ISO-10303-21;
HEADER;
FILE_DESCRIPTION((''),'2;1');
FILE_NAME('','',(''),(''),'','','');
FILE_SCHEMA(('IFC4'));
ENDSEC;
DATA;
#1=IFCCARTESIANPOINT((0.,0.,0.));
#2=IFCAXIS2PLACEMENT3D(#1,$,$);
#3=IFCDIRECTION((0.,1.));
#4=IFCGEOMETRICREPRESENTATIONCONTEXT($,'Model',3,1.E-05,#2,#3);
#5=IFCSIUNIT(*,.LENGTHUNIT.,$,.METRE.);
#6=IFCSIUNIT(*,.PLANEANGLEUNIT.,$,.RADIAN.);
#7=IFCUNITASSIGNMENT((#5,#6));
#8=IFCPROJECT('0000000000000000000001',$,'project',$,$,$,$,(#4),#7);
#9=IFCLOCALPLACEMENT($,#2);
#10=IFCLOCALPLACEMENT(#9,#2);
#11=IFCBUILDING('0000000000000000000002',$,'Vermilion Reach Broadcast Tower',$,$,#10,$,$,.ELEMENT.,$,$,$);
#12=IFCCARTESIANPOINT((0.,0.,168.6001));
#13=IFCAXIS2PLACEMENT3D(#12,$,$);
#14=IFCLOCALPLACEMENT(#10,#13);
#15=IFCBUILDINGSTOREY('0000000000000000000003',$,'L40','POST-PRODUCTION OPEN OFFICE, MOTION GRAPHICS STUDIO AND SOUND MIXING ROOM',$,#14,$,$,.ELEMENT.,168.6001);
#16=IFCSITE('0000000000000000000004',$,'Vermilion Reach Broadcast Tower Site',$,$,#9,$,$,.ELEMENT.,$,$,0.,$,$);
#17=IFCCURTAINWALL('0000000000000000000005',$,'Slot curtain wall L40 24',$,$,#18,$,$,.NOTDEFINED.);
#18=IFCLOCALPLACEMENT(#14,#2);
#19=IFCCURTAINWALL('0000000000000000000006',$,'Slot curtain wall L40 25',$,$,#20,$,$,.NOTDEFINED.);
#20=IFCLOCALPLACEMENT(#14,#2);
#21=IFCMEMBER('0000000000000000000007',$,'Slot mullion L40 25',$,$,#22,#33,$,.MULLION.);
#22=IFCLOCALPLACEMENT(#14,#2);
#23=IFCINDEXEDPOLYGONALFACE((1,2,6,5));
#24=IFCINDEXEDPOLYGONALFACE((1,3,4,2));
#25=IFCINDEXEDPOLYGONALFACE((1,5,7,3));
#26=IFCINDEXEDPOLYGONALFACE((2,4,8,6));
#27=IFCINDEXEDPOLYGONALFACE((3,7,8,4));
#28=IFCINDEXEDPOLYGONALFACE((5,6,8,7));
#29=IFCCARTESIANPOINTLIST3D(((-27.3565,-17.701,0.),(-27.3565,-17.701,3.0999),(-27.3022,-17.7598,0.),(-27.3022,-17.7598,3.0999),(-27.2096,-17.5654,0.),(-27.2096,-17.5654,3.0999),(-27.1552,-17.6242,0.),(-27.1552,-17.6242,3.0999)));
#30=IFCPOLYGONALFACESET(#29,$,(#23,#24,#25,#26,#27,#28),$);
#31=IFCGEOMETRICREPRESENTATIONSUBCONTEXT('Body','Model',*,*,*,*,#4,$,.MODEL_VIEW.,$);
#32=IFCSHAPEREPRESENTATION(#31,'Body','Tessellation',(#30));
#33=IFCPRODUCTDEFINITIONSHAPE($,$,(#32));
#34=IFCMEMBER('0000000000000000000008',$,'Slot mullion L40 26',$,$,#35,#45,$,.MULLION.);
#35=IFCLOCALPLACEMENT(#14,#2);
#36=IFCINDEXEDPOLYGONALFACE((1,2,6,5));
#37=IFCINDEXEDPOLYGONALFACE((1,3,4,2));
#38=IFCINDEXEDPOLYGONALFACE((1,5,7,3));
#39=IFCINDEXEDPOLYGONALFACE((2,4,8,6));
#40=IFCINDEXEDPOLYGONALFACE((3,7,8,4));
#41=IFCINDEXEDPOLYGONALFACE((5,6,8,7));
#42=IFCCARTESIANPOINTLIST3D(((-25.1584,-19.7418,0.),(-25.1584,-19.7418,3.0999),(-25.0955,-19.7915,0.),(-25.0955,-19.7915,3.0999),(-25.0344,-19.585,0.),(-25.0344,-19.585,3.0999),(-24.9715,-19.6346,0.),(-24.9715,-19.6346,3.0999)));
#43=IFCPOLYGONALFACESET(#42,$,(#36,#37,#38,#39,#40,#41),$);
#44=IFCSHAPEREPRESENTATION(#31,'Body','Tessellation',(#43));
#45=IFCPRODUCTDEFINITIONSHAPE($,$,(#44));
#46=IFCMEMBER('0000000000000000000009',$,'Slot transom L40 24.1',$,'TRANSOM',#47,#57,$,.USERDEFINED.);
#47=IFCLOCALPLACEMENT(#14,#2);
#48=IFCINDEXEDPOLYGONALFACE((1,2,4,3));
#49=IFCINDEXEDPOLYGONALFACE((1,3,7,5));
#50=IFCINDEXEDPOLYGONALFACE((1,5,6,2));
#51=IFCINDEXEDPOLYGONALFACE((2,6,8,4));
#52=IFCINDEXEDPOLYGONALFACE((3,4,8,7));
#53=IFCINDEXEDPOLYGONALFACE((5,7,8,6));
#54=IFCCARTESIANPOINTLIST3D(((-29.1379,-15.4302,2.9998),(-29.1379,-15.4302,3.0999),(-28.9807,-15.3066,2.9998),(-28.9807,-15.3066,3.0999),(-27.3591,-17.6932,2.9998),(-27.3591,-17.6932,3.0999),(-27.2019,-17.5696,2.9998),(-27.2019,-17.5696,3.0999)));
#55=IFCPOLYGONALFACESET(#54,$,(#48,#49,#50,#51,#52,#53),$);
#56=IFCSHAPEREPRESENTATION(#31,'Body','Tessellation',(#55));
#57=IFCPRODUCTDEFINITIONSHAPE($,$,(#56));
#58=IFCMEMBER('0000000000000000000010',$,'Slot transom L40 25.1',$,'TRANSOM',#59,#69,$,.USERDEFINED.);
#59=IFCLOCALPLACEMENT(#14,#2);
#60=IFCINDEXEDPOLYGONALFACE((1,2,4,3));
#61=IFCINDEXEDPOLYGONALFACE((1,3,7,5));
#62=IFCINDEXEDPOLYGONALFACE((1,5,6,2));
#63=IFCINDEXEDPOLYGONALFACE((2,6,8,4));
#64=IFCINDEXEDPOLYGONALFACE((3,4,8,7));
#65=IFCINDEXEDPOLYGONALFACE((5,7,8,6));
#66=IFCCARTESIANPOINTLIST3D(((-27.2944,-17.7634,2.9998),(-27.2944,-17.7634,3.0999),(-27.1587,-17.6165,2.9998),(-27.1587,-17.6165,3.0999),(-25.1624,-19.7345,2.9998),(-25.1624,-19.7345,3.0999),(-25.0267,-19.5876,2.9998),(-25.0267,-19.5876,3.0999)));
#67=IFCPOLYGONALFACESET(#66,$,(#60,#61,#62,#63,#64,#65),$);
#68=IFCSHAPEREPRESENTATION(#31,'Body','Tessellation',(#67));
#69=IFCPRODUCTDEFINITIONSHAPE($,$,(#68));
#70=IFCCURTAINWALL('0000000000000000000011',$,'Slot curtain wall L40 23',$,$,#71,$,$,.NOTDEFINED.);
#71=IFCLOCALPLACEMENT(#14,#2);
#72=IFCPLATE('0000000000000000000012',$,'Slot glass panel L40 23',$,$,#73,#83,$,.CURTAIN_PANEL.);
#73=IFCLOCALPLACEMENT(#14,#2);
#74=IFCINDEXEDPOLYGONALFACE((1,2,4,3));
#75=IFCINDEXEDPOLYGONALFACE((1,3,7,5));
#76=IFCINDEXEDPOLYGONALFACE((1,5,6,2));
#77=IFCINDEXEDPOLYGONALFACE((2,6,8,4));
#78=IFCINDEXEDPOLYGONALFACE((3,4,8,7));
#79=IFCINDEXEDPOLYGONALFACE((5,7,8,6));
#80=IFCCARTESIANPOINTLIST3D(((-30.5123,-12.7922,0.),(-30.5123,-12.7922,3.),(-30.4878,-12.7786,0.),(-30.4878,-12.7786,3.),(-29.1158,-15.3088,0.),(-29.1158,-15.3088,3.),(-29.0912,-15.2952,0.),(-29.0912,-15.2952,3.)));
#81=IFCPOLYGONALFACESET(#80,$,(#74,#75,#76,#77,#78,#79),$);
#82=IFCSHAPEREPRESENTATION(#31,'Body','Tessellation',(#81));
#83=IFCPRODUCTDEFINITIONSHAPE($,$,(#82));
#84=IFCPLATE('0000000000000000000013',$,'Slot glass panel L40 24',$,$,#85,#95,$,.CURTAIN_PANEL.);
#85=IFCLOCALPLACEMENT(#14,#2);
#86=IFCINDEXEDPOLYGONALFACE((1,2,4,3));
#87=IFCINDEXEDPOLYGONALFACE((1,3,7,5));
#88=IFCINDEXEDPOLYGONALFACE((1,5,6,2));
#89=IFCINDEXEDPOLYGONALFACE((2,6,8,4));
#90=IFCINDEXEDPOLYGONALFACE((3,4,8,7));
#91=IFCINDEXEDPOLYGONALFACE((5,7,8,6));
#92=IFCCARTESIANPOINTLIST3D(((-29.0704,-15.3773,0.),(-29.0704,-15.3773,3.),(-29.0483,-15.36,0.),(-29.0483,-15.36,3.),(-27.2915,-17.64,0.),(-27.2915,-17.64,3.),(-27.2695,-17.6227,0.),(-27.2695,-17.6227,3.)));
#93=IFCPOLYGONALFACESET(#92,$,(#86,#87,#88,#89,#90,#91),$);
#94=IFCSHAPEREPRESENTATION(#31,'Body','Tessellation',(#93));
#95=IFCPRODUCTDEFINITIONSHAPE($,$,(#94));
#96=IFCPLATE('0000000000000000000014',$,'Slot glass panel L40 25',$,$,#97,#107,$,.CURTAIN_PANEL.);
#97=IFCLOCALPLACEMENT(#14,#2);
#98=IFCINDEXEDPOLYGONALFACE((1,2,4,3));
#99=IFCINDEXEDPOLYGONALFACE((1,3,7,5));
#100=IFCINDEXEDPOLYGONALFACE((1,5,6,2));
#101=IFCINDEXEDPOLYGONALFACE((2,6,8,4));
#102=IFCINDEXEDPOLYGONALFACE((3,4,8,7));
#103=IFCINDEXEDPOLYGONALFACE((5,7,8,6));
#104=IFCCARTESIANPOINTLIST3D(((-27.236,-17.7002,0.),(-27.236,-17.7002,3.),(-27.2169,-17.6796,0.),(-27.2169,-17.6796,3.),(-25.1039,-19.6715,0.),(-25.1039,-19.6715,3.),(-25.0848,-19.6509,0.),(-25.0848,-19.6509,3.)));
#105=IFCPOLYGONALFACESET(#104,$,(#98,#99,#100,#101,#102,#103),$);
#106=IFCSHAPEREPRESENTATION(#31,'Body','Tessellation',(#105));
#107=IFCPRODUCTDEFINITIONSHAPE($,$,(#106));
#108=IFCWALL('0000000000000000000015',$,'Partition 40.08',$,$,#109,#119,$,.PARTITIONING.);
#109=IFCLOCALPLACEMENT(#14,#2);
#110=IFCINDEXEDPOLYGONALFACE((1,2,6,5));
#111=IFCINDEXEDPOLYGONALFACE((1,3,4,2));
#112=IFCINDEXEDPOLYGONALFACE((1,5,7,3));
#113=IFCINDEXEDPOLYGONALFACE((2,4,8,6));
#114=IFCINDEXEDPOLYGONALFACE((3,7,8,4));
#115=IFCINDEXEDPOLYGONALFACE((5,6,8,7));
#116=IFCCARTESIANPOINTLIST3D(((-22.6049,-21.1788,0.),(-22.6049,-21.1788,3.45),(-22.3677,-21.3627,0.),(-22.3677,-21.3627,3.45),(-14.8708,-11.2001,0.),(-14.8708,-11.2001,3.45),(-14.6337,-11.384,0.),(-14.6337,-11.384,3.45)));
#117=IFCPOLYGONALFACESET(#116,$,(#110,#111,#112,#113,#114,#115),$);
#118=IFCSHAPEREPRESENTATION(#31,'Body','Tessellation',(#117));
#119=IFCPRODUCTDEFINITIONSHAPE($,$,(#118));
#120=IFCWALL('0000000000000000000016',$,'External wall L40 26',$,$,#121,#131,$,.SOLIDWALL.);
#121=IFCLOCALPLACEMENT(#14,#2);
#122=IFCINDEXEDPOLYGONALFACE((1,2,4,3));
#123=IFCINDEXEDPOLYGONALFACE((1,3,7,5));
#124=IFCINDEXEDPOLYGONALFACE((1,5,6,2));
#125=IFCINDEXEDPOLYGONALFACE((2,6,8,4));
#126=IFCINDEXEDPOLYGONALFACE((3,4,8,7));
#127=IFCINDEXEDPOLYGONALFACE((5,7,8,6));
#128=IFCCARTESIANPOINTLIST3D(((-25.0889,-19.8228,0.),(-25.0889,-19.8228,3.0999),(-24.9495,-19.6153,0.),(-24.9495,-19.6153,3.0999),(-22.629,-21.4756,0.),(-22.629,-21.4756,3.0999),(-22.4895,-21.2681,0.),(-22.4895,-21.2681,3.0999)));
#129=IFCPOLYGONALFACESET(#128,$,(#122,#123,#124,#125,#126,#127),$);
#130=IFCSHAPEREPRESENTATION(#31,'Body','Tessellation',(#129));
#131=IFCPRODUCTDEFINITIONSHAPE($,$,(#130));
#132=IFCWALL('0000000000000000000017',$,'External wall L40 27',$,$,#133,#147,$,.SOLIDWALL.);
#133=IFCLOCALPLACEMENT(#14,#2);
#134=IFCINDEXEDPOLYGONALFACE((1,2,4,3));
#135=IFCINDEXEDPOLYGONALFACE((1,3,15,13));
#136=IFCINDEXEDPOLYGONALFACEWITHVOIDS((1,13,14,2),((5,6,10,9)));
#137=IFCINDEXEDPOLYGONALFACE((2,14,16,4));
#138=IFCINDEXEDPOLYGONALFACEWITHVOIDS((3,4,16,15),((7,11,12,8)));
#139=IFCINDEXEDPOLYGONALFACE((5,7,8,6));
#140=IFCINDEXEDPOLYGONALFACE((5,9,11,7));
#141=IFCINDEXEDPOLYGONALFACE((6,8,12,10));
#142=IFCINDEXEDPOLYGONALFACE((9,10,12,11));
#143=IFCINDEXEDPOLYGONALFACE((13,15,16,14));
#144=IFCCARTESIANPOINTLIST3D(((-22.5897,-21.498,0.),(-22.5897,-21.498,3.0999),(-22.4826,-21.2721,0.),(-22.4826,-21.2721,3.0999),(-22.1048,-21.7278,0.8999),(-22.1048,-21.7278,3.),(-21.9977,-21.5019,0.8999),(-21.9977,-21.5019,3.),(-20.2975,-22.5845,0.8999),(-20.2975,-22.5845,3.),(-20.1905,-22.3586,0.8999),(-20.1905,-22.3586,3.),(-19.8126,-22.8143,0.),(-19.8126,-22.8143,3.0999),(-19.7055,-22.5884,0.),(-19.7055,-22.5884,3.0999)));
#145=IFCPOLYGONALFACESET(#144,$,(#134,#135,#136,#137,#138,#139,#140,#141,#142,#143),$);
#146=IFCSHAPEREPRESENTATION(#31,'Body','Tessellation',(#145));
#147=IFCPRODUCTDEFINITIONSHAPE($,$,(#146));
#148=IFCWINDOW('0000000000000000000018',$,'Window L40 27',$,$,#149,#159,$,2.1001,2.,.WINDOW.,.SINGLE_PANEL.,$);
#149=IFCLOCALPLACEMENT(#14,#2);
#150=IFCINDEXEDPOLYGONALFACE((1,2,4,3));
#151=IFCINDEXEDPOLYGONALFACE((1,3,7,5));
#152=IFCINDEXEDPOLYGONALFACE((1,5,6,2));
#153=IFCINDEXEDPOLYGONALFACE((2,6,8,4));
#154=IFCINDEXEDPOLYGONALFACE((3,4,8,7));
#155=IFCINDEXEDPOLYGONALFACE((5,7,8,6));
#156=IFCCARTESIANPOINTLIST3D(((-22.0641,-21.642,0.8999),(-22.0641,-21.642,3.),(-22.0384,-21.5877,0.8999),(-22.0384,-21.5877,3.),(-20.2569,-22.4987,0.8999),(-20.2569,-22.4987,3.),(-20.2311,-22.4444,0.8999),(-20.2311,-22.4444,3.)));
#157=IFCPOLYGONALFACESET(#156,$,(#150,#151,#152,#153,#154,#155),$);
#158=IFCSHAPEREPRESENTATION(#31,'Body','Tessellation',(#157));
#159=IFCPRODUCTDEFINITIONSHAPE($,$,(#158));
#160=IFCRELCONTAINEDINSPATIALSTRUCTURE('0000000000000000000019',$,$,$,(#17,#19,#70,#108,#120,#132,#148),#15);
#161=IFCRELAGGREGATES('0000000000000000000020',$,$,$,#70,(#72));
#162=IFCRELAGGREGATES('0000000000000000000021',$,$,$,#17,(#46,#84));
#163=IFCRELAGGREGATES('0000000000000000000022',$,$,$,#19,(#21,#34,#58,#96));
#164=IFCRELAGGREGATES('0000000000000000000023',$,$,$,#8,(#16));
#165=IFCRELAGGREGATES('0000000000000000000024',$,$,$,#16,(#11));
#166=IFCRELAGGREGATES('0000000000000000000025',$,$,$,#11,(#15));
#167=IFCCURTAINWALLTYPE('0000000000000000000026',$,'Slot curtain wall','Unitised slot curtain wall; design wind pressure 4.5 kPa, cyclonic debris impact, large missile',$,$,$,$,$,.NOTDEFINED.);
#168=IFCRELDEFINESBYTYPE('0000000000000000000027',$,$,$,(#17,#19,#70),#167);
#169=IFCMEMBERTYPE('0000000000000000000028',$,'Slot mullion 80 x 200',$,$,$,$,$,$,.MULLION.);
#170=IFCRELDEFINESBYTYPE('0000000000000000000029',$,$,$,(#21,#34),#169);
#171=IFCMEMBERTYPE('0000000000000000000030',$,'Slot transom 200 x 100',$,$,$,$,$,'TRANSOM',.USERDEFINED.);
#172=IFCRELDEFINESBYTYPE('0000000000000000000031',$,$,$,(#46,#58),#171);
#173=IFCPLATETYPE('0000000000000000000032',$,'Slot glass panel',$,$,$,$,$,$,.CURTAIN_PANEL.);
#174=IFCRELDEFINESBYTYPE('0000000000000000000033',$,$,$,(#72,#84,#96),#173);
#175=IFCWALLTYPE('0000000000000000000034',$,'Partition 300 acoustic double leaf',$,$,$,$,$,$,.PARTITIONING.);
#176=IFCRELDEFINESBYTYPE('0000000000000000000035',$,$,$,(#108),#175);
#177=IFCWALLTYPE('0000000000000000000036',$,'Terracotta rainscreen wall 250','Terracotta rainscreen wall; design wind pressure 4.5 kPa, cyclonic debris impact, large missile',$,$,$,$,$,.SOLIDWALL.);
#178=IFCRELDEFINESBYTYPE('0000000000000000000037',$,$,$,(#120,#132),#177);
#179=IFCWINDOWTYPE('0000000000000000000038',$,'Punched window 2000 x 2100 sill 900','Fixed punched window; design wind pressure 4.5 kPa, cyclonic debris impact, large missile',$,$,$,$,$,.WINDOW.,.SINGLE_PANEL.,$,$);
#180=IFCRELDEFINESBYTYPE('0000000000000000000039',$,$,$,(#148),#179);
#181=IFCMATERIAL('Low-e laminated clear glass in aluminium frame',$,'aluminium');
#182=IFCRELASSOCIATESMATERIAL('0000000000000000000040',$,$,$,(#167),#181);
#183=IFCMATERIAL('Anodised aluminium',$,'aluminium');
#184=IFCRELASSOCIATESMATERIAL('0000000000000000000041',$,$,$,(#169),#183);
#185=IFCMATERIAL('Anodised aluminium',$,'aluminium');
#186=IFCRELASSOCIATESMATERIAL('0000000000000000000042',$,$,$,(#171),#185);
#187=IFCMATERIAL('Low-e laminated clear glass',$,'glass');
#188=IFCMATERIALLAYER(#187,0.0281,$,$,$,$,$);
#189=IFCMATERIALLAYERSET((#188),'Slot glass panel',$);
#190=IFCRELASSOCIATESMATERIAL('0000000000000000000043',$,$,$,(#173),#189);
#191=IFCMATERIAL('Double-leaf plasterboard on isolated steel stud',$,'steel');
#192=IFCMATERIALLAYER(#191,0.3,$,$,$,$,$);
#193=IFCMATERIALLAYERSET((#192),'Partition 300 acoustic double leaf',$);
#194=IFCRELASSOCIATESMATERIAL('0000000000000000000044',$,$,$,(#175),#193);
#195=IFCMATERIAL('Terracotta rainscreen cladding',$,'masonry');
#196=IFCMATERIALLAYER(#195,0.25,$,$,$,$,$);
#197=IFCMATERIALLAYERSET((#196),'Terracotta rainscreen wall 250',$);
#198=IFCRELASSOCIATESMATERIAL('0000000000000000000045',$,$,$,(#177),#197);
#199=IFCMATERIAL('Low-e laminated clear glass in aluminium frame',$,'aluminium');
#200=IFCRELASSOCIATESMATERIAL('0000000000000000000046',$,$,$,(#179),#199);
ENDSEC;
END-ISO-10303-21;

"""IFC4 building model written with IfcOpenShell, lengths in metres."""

from ifc_helpers import new_model, si_unit, direction, frame, frame_2d, origin, origin_2d, place, context, subcontext, project, spatial, rectangle, extrude, material, layer, layer_set, material_profile, profile_set, type_object, element, fill, aggregate, save


model = new_model("IFC4")

# Units and contexts
model_context = context("Model", 3, precision=1e-05, world=origin(), true_north=direction((0.0, 1.0)))
body_context = subcontext(model_context, "Body", "Model", "MODEL_VIEW")
ifc_project = project(units=[si_unit("LENGTHUNIT", "METRE"), si_unit("PLANEANGLEUNIT", "RADIAN")], contexts=[model_context])

# Site, building, storey
site_placement = place(None, origin())
site = spatial("IfcSite", under=ifc_project, at=site_placement, Name="Vermilion Reach Broadcast Tower Site", CompositionType="ELEMENT", RefElevation=0.0)
building_placement = place(site_placement, origin())
building = spatial("IfcBuilding", under=site, at=building_placement, Name="Vermilion Reach Broadcast Tower", CompositionType="ELEMENT")
storey_placement = place(building_placement, frame((0.0, 0.0, 168.6001)))
storey = spatial("IfcBuildingStorey", under=building, at=storey_placement, Name="L40", Description="POST-PRODUCTION OPEN OFFICE, MOTION GRAPHICS STUDIO AND SOUND MIXING ROOM", CompositionType="ELEMENT", Elevation=168.6001)

# Curtain wall
ifc_material_1 = material(Name="Low-e laminated clear glass in aluminium frame", Category="aluminium")
curtain_wall_type = type_object("IfcCurtainWallType", Name="Slot curtain wall", Description="Unitised slot curtain wall; design wind pressure 4.5 kPa, cyclonic debris impact, large missile", PredefinedType="NOTDEFINED", material=ifc_material_1)
placement = place(storey_placement, origin())
curtain_wall_1 = element("IfcCurtainWall", 1, at=placement, inside=storey, type_object=curtain_wall_type, Name="Slot curtain wall L40 24", PredefinedType="NOTDEFINED")
ifc_material_2 = material(Name="Anodised aluminium", Category="aluminium")
ifc_material_profile_1 = material_profile(ifc_material_2, rectangle(XDim=0.2, YDim=0.0801, at=origin_2d()), Name="Slot mullion 80 x 200")
ifc_profile_set_1 = profile_set([ifc_material_profile_1], Name="Anodised aluminium")
member_type_1 = type_object("IfcMemberType", Name="Slot mullion 80 x 200", PredefinedType="MULLION", material=ifc_profile_set_1)

# Curtain wall, members
curtain_wall_2 = element("IfcCurtainWall", 2, at=placement, inside=storey, type_object=curtain_wall_type, Name="Slot curtain wall L40 25", PredefinedType="NOTDEFINED")
member_1_placement = place(storey_placement, frame((-27.2559, -17.6626, 0.0), z_axis=(0.0, 0.0, 1.0), x_axis=(0.734809, 0.678274, 0.0)))
member_1 = element("IfcMember", 3, at=member_1_placement, type_object=member_type_1, Name="Slot mullion L40 25", PredefinedType="MULLION", context=body_context, shape_type="SweptSolid", body=[
    extrude(rectangle(XDim=0.2, YDim=0.0801, at=origin_2d()), origin(), (0.0, 0.0, 1.0), 3.0999),
])
member_2_placement = place(storey_placement, frame((-25.0649, -19.6882, 0.0), z_axis=(0.0, 0.0, 1.0), x_axis=(0.620143, 0.784489, 0.0)))
member_2 = element("IfcMember", 4, at=member_2_placement, type_object=member_type_1, Name="Slot mullion L40 26", PredefinedType="MULLION", context=body_context, shape_type="SweptSolid", body=[
    extrude(rectangle(XDim=0.2, YDim=0.0801, at=origin_2d()), origin(), (0.0, 0.0, 1.0), 3.0999),
])

# Members
ifc_material_3 = material(Name="Anodised aluminium", Category="aluminium")
ifc_material_profile_2 = material_profile(ifc_material_3, rectangle(XDim=0.2, YDim=0.1001, at=origin_2d()), Name="Slot transom 200 x 100")
ifc_profile_set_2 = profile_set([ifc_material_profile_2], Name="Anodised aluminium")
member_type_2 = type_object("IfcMemberType", Name="Slot transom 200 x 100", ElementType="TRANSOM", PredefinedType="USERDEFINED", material=ifc_profile_set_2)
member_3_placement = place(storey_placement, frame((-29.0593, -15.3684, 3.0498), z_axis=(0.61799, -0.786186, 0.0), x_axis=(0.786186, 0.61799, 0.0)))
member_3 = element("IfcMember", 5, at=member_3_placement, type_object=member_type_2, Name="Slot transom L40 24.1", ObjectType="TRANSOM", PredefinedType="USERDEFINED", context=body_context, shape_type="SweptSolid", body=[
    extrude(rectangle(XDim=0.2, YDim=0.1001, at=origin_2d()), origin(), (0.0, 0.0, 1.0), 2.8784),
])
member_4_placement = place(storey_placement, frame((-27.2266, -17.6899, 3.0498), z_axis=(0.734268, -0.67886, 0.0), x_axis=(0.67886, 0.734268, 0.0)))
member_4 = element("IfcMember", 6, at=member_4_placement, type_object=member_type_2, Name="Slot transom L40 25.1", ObjectType="TRANSOM", PredefinedType="USERDEFINED", context=body_context, shape_type="SweptSolid", body=[
    extrude(rectangle(XDim=0.2, YDim=0.1001, at=origin_2d()), origin(), (0.0, 0.0, 1.0), 2.9036),
])

# Curtain wall, plate
curtain_wall_3 = element("IfcCurtainWall", 7, at=placement, inside=storey, type_object=curtain_wall_type, Name="Slot curtain wall L40 23", PredefinedType="NOTDEFINED")
ifc_material_4 = material(Name="Low-e laminated clear glass", Category="glass")
ifc_layer_1 = layer(ifc_material_4, 0.0281)
ifc_layer_set_1 = layer_set([ifc_layer_1], Name="Slot glass panel")
plate_type = type_object("IfcPlateType", Name="Slot glass panel", PredefinedType="CURTAIN_PANEL", material=ifc_layer_set_1)
plate_1_placement = place(storey_placement, frame((-29.8018, -14.0437, 0.0), z_axis=(0.0, 0.0, 1.0), x_axis=(0.485218, -0.874393, 0.0)))
plate_1 = element("IfcPlate", 8, at=plate_1_placement, type_object=plate_type, Name="Slot glass panel L40 23", PredefinedType="CURTAIN_PANEL", context=body_context, shape_type="SweptSolid", body=[
    extrude(rectangle(XDim=2.8782, YDim=0.0281, at=origin_2d()), origin(), (0.0, 0.0, 1.0), 3.0),
])
aggregate(curtain_wall_3, [plate_1])

# Plates
plate_2_placement = place(storey_placement, frame((-28.1699, -16.5, 0.0), z_axis=(0.0, 0.0, 1.0), x_axis=(0.618041, -0.786146, 0.0)))
plate_2 = element("IfcPlate", 9, at=plate_2_placement, type_object=plate_type, Name="Slot glass panel L40 24", PredefinedType="CURTAIN_PANEL", context=body_context, shape_type="SweptSolid", body=[
    extrude(rectangle(XDim=2.8782, YDim=0.0281, at=origin_2d()), origin(), (0.0, 0.0, 1.0), 3.0),
])
aggregate(curtain_wall_1, [member_3, plate_2])
plate_3_placement = place(storey_placement, frame((-26.1604, -18.6755, 0.0), z_axis=(0.0, 0.0, 1.0), x_axis=(0.734258, -0.678871, 0.0)))
plate_3 = element("IfcPlate", 10, at=plate_3_placement, type_object=plate_type, Name="Slot glass panel L40 25", PredefinedType="CURTAIN_PANEL", context=body_context, shape_type="SweptSolid", body=[
    extrude(rectangle(XDim=2.9038, YDim=0.0281, at=origin_2d()), origin(), (0.0, 0.0, 1.0), 3.0),
])
aggregate(curtain_wall_2, [member_1, member_2, member_4, plate_3])

# Walls
ifc_material_5 = material(Name="Double-leaf plasterboard on isolated steel stud", Category="steel")
ifc_layer_2 = layer(ifc_material_5, 0.3)
ifc_layer_set_2 = layer_set([ifc_layer_2], Name="Partition 300 acoustic double leaf")
wall_type_1 = type_object("IfcWallType", Name="Partition 300 acoustic double leaf", PredefinedType="PARTITIONING", material=ifc_layer_set_2)
wall_1_placement = place(storey_placement, frame((-22.4863, -21.2708, 0.0), z_axis=(0.0, 0.0, 1.0), x_axis=(0.612601, 0.790392, 0.0)))
element("IfcWall", 11, at=wall_1_placement, inside=storey, type_object=wall_type_1, Name="Partition 40.08", PredefinedType="PARTITIONING", context=body_context, shape_type="SweptSolid", body=[
    extrude(rectangle(XDim=12.625, YDim=0.3, at=frame_2d((6.3125, 0.0))), origin(), (0.0, 0.0, 1.0), 3.45),
])
ifc_material_6 = material(Name="Terracotta rainscreen cladding", Category="masonry")
ifc_layer_3 = layer(ifc_material_6, 0.25)
ifc_layer_set_3 = layer_set([ifc_layer_3], Name="Terracotta rainscreen wall 250")
wall_type_2 = type_object("IfcWallType", Name="Terracotta rainscreen wall 250", Description="Terracotta rainscreen wall; design wind pressure 4.5 kPa, cyclonic debris impact, large missile", PredefinedType="SOLIDWALL", material=ifc_layer_set_3)
wall_2_placement = place(storey_placement, frame((-25.0193, -19.719, 0.0), z_axis=(0.0, 0.0, 1.0), x_axis=(0.830042, -0.5577, 0.0)))
element("IfcWall", 12, at=wall_2_placement, inside=storey, type_object=wall_type_2, Name="External wall L40 26", PredefinedType="SOLIDWALL", context=body_context, shape_type="SweptSolid", body=[
    extrude(rectangle(XDim=2.9636, YDim=0.25, at=frame_2d((1.4819, 0.0))), origin(), (0.0, 0.0, 1.0), 3.0999),
])

# Wall, opening, window
wall_3_placement = place(storey_placement, frame((-22.5361, -21.385, 0.0), z_axis=(0.0, 0.0, 1.0), x_axis=(0.90362, -0.428336, 0.0)))
wall_3 = element("IfcWall", 13, at=wall_3_placement, inside=storey, type_object=wall_type_2, Name="External wall L40 27", PredefinedType="SOLIDWALL", context=body_context, shape_type="SweptSolid", body=[
    extrude(rectangle(XDim=3.0732, YDim=0.25, at=frame_2d((1.5366, 0.0))), origin(), (0.0, 0.0, 1.0), 3.0999),
])
opening_placement = place(wall_3_placement, frame((0.5366, 0.0, 0.8999)))
opening = element("IfcOpeningElement", 14, at=opening_placement, cuts=wall_3, PredefinedType="OPENING", context=body_context, shape_type="SweptSolid", body=[
    extrude(rectangle(XDim=2.0, YDim=2.1001, at=frame_2d((1.0, 1.05))), frame((0.0, 0.135, 0.0), z_axis=(0.0, -1.0, 0.0), x_axis=(1.0, 0.0, 0.0)), (0.0, 0.0, 1.0), 0.27),
])
ifc_material_7 = material(Name="Low-e laminated clear glass in aluminium frame", Category="aluminium")
window_type = type_object("IfcWindowType", Name="Punched window 2000 x 2100 sill 900", Description="Fixed punched window; design wind pressure 4.5 kPa, cyclonic debris impact, large missile", PartitioningType="SINGLE_PANEL", PredefinedType="WINDOW", material=ifc_material_7)
window_placement = place(opening_placement, origin())
window = element("IfcWindow", 15, at=window_placement, inside=storey, type_object=window_type, Name="Window L40 27", OverallHeight=2.1001, OverallWidth=2.0, PartitioningType="SINGLE_PANEL", PredefinedType="WINDOW", context=body_context, shape_type="SweptSolid", body=[
    extrude(rectangle(XDim=2.0, YDim=2.1001, at=frame_2d((1.0, 1.05))), frame((0.0, 0.03, 0.0), z_axis=(0.0, -1.0, 0.0), x_axis=(1.0, 0.0, 0.0)), (0.0, 0.0, 1.0), 0.0601),
])
fill(opening, window)

save(model, "model.ifc")
